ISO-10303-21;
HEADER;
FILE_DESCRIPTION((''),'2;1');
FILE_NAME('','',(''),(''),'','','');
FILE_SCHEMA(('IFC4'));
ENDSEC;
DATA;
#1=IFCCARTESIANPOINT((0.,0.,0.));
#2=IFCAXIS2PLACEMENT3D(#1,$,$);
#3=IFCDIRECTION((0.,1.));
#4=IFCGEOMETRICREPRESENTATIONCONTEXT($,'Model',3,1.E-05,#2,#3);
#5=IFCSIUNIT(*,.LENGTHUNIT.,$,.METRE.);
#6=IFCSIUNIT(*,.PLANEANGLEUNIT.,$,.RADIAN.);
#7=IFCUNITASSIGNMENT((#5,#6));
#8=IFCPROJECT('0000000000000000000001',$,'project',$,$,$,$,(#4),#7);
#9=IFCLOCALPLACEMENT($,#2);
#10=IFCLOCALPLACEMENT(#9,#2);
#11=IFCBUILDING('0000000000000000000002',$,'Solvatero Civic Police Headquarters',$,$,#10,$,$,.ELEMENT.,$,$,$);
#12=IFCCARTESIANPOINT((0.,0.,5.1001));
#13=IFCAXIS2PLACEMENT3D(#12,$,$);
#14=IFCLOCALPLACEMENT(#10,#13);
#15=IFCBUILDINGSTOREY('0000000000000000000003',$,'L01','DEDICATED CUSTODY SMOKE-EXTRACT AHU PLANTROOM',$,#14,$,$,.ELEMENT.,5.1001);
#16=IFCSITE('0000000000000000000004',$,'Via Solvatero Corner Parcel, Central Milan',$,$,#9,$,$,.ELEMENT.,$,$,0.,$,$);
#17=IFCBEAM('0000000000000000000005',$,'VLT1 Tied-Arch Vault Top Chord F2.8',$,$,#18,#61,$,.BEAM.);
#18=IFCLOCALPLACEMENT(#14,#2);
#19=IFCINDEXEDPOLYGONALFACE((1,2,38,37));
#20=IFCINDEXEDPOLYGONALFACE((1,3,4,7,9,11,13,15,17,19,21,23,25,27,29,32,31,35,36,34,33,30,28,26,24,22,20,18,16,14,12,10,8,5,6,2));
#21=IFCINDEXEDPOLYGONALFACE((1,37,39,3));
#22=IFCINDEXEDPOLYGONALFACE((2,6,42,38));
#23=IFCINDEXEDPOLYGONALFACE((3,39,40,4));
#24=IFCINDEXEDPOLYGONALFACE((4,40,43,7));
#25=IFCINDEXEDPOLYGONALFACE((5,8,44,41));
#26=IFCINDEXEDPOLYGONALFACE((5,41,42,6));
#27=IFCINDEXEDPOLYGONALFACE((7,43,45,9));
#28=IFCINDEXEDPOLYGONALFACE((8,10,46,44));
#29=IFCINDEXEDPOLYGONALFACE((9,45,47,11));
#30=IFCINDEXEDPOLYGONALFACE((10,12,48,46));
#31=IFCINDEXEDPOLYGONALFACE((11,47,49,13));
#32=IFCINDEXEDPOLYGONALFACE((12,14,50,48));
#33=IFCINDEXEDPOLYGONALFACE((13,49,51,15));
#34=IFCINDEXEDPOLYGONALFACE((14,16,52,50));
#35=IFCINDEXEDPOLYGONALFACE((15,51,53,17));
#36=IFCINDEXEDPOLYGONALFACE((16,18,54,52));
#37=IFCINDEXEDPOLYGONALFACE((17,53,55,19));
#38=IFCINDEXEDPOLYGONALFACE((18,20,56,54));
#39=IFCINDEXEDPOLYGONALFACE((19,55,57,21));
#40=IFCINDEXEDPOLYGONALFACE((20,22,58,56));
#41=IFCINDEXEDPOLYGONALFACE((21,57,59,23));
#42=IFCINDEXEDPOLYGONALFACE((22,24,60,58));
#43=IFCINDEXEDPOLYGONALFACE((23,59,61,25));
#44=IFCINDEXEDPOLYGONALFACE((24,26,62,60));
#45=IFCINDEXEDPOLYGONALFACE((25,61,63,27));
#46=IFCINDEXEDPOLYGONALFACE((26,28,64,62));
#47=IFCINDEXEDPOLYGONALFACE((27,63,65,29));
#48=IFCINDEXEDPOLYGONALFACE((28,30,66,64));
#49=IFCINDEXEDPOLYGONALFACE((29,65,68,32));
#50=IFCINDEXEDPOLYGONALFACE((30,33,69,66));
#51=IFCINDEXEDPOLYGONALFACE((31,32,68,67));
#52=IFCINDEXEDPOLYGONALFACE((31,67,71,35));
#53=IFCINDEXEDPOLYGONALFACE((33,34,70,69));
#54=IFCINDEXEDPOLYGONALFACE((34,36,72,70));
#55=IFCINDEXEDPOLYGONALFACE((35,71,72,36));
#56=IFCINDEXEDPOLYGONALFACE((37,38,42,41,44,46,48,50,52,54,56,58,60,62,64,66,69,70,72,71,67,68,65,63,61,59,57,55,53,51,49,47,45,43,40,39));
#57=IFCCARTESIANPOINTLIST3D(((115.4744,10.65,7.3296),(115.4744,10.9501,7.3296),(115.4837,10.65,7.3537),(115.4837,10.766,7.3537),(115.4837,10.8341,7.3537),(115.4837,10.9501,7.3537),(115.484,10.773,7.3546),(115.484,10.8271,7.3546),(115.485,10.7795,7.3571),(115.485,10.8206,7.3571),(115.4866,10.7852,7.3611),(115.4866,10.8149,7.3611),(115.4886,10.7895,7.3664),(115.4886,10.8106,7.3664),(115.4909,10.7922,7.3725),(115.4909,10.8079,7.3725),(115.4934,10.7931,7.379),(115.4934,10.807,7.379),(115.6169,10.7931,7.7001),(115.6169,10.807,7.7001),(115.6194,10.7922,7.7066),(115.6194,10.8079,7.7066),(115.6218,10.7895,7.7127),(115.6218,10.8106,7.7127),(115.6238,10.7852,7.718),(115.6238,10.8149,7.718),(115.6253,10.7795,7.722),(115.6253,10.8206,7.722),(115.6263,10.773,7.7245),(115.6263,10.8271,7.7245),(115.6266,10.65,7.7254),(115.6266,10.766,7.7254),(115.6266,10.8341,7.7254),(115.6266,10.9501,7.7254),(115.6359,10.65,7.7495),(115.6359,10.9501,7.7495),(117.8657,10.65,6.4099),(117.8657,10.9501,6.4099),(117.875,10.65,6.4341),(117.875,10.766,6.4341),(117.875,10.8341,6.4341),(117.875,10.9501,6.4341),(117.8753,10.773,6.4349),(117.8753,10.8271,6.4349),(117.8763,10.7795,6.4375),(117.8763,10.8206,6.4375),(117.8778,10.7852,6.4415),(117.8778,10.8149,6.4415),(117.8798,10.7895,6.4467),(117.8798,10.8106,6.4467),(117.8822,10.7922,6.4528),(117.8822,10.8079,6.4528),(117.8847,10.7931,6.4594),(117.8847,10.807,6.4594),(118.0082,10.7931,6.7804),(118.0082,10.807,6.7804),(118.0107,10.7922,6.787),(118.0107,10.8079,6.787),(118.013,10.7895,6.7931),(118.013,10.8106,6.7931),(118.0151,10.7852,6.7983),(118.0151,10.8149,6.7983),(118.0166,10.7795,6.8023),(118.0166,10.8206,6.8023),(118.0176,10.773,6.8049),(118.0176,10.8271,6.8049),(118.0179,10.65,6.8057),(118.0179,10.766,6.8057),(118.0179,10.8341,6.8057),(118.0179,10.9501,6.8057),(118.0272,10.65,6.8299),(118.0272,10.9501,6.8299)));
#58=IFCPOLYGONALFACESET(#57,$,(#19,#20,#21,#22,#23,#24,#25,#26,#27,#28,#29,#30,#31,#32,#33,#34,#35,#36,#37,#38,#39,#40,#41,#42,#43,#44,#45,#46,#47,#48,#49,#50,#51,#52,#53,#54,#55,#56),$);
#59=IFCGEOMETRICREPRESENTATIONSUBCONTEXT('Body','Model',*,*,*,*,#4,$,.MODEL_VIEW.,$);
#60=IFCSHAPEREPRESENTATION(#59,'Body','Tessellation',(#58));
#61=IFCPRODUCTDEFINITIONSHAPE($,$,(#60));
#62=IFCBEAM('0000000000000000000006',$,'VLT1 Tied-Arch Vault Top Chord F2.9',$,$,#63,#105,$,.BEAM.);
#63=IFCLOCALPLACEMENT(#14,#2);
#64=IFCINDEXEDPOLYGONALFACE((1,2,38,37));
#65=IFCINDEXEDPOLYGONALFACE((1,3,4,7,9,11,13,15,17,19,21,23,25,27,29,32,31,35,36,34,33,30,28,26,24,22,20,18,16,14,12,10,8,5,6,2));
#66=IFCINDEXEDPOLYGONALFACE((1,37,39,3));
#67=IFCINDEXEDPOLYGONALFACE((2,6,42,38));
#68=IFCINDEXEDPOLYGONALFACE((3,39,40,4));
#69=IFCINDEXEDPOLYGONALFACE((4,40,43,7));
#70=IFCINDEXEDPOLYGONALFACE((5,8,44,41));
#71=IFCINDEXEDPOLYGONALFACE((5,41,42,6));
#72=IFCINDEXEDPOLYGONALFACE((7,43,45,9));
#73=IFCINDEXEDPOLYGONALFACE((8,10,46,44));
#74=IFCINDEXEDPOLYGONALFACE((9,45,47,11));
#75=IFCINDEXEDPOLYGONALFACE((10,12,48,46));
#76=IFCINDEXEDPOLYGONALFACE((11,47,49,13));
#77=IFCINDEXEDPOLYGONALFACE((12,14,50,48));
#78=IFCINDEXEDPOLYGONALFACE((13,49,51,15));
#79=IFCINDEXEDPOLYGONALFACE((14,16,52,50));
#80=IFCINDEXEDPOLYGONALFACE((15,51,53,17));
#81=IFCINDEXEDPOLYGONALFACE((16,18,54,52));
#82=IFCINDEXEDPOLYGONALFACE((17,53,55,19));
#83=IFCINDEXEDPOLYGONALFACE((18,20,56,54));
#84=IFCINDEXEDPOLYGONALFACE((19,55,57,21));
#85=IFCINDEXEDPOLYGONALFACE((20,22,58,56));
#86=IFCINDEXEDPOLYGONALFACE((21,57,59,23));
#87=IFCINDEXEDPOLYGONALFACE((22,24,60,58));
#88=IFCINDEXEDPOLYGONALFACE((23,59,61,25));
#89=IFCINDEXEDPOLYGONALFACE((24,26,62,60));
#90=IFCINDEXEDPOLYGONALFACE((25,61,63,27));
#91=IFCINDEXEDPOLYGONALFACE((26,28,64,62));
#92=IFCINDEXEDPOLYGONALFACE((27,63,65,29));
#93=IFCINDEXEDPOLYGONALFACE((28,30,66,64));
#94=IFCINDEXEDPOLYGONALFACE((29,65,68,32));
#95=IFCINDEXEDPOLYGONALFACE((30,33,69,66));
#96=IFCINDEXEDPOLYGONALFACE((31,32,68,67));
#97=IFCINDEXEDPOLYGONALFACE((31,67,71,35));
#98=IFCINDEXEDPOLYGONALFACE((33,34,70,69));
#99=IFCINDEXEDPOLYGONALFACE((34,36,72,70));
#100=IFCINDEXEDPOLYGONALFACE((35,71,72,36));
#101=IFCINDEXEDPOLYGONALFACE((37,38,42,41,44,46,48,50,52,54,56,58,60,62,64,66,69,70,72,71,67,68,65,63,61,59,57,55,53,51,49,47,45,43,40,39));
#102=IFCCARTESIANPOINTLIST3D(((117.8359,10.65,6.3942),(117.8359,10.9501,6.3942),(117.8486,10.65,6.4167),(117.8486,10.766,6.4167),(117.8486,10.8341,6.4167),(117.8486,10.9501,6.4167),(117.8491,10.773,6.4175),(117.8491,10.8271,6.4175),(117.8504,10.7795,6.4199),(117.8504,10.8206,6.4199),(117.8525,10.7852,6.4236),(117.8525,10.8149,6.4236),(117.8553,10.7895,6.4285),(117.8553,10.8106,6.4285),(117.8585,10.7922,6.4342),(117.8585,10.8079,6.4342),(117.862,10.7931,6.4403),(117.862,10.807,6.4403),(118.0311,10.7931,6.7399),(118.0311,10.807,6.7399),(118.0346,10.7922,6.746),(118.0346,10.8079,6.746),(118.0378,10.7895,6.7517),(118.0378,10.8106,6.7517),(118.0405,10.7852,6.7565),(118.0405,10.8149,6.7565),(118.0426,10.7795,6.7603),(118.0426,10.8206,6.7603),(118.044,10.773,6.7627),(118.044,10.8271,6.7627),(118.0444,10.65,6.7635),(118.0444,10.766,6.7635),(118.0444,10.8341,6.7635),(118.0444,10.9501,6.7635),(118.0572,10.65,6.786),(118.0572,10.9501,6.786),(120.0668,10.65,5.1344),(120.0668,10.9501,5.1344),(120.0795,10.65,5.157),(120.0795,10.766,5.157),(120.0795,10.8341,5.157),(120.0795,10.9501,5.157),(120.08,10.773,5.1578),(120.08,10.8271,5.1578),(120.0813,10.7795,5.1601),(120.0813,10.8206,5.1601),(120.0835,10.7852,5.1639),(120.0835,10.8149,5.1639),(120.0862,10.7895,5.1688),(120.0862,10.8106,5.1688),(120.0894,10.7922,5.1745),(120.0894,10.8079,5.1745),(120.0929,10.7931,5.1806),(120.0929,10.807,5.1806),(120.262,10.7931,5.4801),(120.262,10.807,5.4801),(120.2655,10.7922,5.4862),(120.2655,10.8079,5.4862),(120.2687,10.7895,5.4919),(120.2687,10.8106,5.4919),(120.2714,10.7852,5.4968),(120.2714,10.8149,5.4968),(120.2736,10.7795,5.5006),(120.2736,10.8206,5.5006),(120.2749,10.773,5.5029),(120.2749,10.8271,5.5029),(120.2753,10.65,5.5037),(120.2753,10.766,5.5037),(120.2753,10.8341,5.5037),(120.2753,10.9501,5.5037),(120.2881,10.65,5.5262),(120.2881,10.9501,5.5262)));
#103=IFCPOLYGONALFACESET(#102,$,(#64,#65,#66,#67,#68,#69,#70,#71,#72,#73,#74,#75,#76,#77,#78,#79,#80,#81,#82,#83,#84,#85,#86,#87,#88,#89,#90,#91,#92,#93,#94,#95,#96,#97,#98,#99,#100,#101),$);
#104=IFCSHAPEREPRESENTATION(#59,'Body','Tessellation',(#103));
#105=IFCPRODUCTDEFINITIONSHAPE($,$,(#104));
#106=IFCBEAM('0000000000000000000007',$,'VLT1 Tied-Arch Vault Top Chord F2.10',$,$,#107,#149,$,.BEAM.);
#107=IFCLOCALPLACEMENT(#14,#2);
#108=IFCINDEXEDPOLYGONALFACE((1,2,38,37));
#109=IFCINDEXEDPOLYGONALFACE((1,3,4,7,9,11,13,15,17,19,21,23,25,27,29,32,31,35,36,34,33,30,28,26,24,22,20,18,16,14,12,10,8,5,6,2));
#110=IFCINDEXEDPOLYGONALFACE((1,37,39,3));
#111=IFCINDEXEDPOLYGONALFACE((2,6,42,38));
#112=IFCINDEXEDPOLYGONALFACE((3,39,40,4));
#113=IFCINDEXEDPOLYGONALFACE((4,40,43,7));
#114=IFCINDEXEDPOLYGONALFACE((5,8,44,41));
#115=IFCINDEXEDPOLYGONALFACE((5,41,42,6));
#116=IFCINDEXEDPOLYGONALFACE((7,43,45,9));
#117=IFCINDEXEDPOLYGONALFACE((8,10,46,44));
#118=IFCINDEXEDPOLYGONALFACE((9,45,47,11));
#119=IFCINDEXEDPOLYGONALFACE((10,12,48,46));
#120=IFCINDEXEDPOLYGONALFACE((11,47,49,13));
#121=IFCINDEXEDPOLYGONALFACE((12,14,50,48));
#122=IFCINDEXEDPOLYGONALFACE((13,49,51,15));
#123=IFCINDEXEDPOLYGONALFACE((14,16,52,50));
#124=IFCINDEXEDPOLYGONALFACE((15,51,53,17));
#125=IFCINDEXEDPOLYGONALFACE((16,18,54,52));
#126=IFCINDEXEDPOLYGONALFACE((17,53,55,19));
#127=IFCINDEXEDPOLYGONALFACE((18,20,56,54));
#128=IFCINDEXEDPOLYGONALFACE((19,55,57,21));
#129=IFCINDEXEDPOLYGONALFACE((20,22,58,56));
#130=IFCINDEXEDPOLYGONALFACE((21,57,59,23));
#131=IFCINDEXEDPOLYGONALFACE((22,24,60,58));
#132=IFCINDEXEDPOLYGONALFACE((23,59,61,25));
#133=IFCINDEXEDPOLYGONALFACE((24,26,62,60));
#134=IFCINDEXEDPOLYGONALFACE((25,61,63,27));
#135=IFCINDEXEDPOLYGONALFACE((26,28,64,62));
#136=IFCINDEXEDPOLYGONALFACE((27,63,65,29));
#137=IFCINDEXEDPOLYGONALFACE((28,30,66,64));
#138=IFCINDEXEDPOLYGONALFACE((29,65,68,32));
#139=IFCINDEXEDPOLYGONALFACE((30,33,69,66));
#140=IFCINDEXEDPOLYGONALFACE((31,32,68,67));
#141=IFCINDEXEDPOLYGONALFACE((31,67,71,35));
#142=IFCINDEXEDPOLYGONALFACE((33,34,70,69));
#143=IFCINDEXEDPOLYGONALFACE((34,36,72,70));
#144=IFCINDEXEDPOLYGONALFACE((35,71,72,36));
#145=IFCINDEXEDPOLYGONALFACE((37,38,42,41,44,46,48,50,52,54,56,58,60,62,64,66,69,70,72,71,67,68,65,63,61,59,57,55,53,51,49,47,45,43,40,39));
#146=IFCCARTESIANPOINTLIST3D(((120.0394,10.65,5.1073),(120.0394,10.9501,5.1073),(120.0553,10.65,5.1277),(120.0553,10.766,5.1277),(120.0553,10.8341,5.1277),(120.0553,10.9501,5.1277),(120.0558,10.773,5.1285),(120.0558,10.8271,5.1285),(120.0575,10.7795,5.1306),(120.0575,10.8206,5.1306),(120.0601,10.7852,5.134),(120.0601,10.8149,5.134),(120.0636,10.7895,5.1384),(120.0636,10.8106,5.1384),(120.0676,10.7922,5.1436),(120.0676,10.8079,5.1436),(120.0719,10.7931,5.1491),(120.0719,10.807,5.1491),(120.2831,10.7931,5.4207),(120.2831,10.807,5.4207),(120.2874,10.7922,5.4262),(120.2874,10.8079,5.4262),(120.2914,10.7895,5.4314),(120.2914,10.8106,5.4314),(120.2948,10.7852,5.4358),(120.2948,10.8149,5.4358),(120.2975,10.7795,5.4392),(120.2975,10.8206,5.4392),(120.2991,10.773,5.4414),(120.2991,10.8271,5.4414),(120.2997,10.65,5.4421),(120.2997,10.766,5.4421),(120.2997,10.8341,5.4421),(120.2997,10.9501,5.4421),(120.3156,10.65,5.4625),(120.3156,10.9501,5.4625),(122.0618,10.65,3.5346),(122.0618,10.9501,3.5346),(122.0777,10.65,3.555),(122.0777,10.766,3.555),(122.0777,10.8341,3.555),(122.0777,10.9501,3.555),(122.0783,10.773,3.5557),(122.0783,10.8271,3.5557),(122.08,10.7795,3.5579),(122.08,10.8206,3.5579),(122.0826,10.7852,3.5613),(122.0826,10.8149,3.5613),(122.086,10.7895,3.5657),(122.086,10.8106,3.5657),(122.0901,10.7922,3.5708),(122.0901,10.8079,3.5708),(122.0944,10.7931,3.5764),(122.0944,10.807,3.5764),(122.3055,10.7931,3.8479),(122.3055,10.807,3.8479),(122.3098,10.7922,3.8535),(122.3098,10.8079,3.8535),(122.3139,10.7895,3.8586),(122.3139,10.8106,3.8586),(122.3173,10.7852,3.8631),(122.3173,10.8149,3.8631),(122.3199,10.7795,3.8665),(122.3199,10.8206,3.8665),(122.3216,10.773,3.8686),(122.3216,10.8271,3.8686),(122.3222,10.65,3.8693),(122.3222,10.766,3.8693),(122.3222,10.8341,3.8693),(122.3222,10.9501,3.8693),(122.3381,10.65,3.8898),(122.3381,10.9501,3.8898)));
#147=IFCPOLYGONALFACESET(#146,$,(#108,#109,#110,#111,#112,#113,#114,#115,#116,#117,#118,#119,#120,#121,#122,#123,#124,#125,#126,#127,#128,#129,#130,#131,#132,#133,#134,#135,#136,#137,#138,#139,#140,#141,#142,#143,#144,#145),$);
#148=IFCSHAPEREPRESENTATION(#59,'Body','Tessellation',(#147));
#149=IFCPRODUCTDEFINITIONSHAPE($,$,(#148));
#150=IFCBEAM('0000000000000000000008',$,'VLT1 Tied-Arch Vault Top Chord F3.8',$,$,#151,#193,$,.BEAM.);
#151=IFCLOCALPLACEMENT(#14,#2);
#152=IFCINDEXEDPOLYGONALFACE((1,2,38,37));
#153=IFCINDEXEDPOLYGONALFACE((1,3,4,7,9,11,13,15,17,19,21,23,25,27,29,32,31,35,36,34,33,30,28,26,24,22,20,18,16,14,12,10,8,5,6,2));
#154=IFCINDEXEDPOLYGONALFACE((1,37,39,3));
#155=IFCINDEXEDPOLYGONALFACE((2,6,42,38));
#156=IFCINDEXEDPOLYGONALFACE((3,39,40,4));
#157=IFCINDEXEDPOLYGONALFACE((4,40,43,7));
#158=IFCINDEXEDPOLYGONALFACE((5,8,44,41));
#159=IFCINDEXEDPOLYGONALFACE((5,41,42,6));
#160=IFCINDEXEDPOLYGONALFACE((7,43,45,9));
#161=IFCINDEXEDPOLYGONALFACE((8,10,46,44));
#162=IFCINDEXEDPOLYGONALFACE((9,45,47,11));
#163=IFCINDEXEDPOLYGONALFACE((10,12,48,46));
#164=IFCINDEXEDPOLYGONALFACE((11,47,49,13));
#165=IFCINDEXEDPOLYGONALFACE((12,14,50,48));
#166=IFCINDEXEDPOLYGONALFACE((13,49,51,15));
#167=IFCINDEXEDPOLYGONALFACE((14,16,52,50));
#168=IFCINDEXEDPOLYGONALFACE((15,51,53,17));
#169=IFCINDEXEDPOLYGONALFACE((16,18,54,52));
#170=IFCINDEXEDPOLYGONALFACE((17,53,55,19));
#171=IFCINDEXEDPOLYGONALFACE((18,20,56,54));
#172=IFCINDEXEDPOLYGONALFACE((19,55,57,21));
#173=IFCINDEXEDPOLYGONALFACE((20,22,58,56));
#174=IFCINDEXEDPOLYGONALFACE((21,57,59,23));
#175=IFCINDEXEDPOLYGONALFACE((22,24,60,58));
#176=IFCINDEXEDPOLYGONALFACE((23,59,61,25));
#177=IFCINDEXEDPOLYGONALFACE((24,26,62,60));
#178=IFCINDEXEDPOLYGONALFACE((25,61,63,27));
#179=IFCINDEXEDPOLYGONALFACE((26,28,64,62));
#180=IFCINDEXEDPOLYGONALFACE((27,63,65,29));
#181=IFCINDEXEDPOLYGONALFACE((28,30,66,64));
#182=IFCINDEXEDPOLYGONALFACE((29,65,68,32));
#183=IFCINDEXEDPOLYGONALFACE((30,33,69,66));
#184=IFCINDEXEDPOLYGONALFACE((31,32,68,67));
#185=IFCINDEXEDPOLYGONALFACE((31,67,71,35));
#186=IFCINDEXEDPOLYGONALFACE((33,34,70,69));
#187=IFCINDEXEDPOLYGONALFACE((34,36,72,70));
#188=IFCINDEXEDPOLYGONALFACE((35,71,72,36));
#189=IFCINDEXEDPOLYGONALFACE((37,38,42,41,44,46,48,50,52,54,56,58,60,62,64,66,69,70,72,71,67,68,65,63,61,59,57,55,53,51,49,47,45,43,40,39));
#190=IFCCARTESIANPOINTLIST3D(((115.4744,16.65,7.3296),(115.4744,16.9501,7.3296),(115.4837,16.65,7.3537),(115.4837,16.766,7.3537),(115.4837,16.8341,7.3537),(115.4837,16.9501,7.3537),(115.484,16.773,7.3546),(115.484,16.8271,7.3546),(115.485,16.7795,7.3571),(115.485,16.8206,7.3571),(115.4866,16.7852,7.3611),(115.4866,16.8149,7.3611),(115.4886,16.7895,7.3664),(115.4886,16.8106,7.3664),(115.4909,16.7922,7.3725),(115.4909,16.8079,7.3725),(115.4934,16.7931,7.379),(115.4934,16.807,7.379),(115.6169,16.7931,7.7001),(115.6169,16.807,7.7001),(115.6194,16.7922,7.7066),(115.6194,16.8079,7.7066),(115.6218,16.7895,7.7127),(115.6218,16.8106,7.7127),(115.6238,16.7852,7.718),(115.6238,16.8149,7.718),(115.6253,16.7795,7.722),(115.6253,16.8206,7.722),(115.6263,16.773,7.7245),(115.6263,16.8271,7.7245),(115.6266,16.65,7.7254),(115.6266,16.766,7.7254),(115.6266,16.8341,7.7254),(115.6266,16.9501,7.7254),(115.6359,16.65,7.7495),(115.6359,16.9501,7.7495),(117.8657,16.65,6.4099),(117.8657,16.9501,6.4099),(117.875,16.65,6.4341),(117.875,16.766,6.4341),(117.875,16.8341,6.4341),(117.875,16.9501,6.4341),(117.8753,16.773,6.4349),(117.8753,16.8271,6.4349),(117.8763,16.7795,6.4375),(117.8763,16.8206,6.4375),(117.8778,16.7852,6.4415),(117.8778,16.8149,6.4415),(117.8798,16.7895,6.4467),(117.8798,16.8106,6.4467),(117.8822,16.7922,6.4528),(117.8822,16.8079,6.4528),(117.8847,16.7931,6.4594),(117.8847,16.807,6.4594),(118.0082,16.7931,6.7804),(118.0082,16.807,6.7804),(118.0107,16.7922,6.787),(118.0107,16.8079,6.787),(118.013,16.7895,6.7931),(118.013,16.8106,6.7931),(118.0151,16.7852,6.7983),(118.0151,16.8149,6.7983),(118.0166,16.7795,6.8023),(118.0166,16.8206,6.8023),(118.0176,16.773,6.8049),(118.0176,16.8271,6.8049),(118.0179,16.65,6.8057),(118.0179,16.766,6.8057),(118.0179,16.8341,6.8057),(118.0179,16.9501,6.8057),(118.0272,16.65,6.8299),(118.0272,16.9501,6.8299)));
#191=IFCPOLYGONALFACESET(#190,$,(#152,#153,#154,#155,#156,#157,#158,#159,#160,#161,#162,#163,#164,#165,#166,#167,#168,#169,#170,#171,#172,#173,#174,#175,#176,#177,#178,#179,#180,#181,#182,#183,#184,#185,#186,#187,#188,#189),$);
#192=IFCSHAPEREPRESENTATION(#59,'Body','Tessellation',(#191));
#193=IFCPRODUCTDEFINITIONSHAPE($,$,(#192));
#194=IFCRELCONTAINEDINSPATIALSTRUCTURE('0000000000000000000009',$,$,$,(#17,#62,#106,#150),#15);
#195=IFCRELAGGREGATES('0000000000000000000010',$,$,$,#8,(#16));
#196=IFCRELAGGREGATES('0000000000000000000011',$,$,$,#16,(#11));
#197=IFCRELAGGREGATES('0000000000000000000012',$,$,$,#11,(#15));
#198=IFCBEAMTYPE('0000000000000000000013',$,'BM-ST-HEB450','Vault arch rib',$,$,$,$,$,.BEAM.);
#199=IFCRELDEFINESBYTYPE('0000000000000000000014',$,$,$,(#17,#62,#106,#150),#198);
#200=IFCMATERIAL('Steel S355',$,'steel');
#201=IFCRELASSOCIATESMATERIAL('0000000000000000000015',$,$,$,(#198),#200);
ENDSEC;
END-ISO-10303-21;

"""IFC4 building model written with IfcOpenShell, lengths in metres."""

from ifc_helpers import new_model, si_unit, direction, frame, origin, origin_2d, place, context, subcontext, project, spatial, i_section, extrude, material, material_profile, profile_set, type_object, element, save


model = new_model("IFC4")

# Units and contexts
model_context = context("Model", 3, precision=1e-05, world=origin(), true_north=direction((0.0, 1.0)))
body_context = subcontext(model_context, "Body", "Model", "MODEL_VIEW")
ifc_project = project(units=[si_unit("LENGTHUNIT", "METRE"), si_unit("PLANEANGLEUNIT", "RADIAN")], contexts=[model_context])

# Site, building, storey
site_placement = place(None, origin())
site = spatial("IfcSite", under=ifc_project, at=site_placement, Name="Via Solvatero Corner Parcel, Central Milan", CompositionType="ELEMENT", RefElevation=0.0)
building_placement = place(site_placement, origin())
building = spatial("IfcBuilding", under=site, at=building_placement, Name="Solvatero Civic Police Headquarters", CompositionType="ELEMENT")
storey_placement = place(building_placement, frame((0.0, 0.0, 5.1001)))
storey = spatial("IfcBuildingStorey", under=building, at=storey_placement, Name="L01", Description="DEDICATED CUSTODY SMOKE-EXTRACT AHU PLANTROOM", CompositionType="ELEMENT", Elevation=5.1001)

# Beams
ifc_material_1 = material(Name="Steel S355", Category="steel")
ifc_material_profile_1 = material_profile(ifc_material_1, i_section(OverallWidth=0.3, OverallDepth=0.45, WebThickness=0.0139, FlangeThickness=0.0259, FilletRadius=0.0271, at=origin_2d()), Name="HEB 450")
ifc_profile_set_1 = profile_set([ifc_material_profile_1], Name="Steel S355")
beam_type_1 = type_object("IfcBeamType", Name="BM-ST-HEB450", Description="Vault arch rib", PredefinedType="BEAM", material=ifc_profile_set_1)
for number, where, z_axis, x_axis, name in (
    (1, (115.5552, 10.8, 7.5396), (0.933355, 0.0, -0.358954), (0.0, 1.0, 0.0), "VLT1 Tied-Arch Vault Top Chord F2.8"),
    (2, (117.9465, 10.8, 6.5901), (0.870765, 0.0, -0.491699), (0.0, 1.0, 0.0), "VLT1 Tied-Arch Vault Top Chord F2.9"),
    (3, (120.1775, 10.8, 5.2849), (0.789404, 0.0, -0.613875), (0.0, 1.0, 0.0), "VLT1 Tied-Arch Vault Top Chord F2.10"),
    (4, (115.5552, 16.8, 7.5396), (0.933355, 0.0, -0.358954), (0.0, 1.0, 0.0), "VLT1 Tied-Arch Vault Top Chord F3.8"),
):
    element("IfcBeam", number, at=place(storey_placement, frame(where, z_axis=z_axis, x_axis=x_axis)), inside=storey, type_object=beam_type_1, Name=name, PredefinedType="BEAM", context=body_context, shape_type="SweptSolid", body=[
        extrude(i_section(OverallWidth=0.3, OverallDepth=0.45, WebThickness=0.0139, FlangeThickness=0.0259, FilletRadius=0.0271, at=origin_2d()), origin(), (0.0, 0.0, 1.0), 2.562),
    ])

save(model, "model.ifc")
